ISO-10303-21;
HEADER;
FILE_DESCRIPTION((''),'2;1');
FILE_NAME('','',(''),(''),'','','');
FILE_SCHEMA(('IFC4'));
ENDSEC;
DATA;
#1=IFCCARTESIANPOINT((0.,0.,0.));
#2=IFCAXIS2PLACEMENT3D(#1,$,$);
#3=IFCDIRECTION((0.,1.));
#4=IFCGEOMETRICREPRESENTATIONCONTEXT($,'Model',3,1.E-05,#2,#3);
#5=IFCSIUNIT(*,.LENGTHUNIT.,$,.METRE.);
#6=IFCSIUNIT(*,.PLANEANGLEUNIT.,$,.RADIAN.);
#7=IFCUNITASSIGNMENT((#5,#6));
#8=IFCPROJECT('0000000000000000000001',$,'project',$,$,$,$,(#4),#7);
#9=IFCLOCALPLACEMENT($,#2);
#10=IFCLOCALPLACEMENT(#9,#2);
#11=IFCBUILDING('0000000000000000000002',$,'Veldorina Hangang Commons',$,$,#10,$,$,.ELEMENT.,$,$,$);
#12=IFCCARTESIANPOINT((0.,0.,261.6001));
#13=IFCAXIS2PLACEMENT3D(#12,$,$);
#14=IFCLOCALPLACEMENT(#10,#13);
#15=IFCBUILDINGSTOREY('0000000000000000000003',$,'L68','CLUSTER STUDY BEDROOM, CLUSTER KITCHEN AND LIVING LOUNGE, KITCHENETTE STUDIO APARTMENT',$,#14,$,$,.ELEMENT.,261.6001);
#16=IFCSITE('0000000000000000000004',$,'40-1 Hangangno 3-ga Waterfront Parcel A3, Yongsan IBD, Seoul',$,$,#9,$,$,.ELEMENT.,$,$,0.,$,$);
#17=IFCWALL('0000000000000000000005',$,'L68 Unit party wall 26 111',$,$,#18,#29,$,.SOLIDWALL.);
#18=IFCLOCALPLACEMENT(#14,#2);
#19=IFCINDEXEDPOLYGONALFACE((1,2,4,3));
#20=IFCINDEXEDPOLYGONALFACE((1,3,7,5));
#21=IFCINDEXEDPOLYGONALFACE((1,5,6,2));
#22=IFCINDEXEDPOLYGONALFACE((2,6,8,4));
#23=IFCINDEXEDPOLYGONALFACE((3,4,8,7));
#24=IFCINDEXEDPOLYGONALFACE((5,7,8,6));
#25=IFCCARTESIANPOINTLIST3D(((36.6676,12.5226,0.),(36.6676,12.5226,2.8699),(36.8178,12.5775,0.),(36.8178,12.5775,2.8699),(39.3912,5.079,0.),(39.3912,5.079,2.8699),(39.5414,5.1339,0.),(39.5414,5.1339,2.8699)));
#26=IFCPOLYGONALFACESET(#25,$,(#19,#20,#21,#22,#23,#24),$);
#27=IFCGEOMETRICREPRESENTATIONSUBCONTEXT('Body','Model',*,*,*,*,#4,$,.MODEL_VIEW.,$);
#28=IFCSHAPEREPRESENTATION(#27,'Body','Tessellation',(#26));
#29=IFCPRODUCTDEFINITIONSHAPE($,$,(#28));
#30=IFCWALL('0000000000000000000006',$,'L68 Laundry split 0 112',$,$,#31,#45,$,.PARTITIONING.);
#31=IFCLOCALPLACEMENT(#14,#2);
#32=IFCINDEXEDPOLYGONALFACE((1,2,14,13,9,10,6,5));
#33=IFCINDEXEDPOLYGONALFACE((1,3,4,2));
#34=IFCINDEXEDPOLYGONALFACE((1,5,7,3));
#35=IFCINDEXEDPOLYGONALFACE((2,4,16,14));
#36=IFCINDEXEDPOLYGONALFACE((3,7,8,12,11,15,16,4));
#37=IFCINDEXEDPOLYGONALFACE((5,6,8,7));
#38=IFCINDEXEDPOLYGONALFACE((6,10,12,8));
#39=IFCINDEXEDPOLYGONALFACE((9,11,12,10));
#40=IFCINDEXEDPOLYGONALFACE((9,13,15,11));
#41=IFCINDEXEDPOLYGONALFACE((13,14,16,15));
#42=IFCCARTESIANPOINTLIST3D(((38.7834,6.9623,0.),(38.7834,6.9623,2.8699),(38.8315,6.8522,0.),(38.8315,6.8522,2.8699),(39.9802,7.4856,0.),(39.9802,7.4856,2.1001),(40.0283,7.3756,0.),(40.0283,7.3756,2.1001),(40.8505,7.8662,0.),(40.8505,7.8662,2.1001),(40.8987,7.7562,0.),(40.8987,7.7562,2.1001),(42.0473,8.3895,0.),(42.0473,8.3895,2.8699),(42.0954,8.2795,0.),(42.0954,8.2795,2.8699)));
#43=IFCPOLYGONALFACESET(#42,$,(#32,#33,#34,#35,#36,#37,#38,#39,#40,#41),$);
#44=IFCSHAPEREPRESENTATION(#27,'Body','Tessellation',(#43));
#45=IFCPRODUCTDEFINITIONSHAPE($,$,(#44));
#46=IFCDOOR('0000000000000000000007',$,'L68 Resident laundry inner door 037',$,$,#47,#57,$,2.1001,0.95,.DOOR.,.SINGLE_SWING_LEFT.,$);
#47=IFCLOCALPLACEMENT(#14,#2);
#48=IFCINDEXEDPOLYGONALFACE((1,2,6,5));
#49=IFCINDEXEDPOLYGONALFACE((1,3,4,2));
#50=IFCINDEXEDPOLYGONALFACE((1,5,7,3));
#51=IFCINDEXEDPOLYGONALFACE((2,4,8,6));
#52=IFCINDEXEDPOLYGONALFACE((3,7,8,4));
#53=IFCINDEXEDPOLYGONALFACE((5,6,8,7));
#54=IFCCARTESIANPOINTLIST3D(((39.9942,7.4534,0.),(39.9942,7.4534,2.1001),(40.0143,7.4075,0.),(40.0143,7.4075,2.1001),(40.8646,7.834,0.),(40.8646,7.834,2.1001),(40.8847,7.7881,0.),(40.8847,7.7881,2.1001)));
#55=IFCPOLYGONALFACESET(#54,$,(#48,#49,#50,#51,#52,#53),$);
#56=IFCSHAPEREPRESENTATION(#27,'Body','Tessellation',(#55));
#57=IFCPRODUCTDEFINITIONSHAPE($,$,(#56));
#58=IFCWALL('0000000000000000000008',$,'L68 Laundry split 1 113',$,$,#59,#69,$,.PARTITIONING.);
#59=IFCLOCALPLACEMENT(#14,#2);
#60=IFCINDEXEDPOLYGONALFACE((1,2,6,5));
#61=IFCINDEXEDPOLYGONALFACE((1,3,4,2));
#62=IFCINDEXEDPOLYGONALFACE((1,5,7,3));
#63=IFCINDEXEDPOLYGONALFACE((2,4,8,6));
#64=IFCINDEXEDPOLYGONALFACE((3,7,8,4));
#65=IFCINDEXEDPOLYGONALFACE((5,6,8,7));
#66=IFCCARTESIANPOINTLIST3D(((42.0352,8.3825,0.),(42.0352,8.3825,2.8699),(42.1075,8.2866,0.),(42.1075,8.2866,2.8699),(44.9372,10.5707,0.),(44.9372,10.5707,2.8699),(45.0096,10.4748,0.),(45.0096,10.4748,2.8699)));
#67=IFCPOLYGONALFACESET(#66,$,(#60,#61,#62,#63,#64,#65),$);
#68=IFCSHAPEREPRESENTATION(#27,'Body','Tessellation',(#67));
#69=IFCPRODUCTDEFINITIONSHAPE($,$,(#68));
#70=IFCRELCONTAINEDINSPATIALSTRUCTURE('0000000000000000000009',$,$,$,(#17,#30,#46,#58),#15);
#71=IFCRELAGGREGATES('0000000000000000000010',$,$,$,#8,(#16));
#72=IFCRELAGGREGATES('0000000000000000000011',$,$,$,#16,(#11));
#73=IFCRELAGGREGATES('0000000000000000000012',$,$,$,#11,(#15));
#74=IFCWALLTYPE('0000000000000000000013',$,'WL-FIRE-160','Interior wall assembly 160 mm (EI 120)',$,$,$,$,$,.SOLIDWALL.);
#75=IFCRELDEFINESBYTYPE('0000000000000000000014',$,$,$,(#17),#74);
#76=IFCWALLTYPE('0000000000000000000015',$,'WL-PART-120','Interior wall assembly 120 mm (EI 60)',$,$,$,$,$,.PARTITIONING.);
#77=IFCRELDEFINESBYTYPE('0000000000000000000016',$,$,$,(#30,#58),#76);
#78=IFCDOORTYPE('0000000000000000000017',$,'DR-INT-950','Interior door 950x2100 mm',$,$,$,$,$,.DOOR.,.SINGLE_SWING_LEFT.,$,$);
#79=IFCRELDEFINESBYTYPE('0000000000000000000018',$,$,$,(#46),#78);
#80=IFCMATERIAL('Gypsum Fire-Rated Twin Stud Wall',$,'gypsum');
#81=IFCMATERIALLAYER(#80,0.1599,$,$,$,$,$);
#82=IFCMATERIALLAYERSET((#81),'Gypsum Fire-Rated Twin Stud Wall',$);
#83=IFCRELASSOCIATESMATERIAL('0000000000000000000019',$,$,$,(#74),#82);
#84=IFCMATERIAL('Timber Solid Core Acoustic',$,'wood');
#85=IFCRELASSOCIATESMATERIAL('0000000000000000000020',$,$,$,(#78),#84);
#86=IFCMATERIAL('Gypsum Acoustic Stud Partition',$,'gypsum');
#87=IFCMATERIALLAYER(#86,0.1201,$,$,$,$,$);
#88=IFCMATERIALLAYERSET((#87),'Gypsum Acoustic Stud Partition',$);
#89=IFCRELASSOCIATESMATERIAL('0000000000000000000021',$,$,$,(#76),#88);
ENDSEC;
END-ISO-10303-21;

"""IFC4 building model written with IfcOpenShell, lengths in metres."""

from ifc_helpers import new_model, si_unit, direction, frame, frame_2d, origin, place, context, subcontext, project, spatial, rectangle, extrude, material, layer, layer_set, type_object, element, fill, save


model = new_model("IFC4")

# Units and contexts
model_context = context("Model", 3, precision=1e-05, world=origin(), true_north=direction((0.0, 1.0)))
body_context = subcontext(model_context, "Body", "Model", "MODEL_VIEW")
ifc_project = project(units=[si_unit("LENGTHUNIT", "METRE"), si_unit("PLANEANGLEUNIT", "RADIAN")], contexts=[model_context])

# Site, building, storey
site_placement = place(None, origin())
site = spatial("IfcSite", under=ifc_project, at=site_placement, Name="40-1 Hangangno 3-ga Waterfront Parcel A3, Yongsan IBD, Seoul", CompositionType="ELEMENT", RefElevation=0.0)
building_placement = place(site_placement, origin())
building = spatial("IfcBuilding", under=site, at=building_placement, Name="Veldorina Hangang Commons", CompositionType="ELEMENT")
storey_placement = place(building_placement, frame((0.0, 0.0, 261.6001)))
storey = spatial("IfcBuildingStorey", under=building, at=storey_placement, Name="L68", Description="CLUSTER STUDY BEDROOM, CLUSTER KITCHEN AND LIVING LOUNGE, KITCHENETTE STUDIO APARTMENT", CompositionType="ELEMENT", Elevation=261.6001)

# Shared definitions
ifc_material_1 = material(Name="Gypsum Fire-Rated Twin Stud Wall", Category="gypsum")
ifc_layer_1 = layer(ifc_material_1, 0.1599)
ifc_layer_set_1 = layer_set([ifc_layer_1], Name="Gypsum Fire-Rated Twin Stud Wall")
wall_type_1 = type_object("IfcWallType", Name="WL-FIRE-160", Description="Interior wall assembly 160 mm (EI 120)", PredefinedType="SOLIDWALL", material=ifc_layer_set_1)

# Shared definitions
ifc_material_2 = material(Name="Timber Solid Core Acoustic", Category="wood")
door_type = type_object("IfcDoorType", Name="DR-INT-950", Description="Interior door 950x2100 mm", OperationType="SINGLE_SWING_LEFT", PredefinedType="DOOR", material=ifc_material_2)

# Wall
wall_1_placement = place(storey_placement, frame((36.7427, 12.55, 0.0), z_axis=(0.0, 0.0, 1.0), x_axis=(0.343622, -0.939108, 0.0)))
element("IfcWall", 1, at=wall_1_placement, inside=storey, type_object=wall_type_1, Name="L68 Unit party wall 26 111", PredefinedType="SOLIDWALL", context=body_context, shape_type="SweptSolid", body=[
    extrude(rectangle(XDim=7.9263, YDim=0.1599, at=frame_2d((3.9631, 0.0))), origin(), (0.0, 0.0, 1.0), 2.8699),
])

# Wall, opening, door
ifc_material_3 = material(Name="Gypsum Acoustic Stud Partition", Category="gypsum")
ifc_layer_2 = layer(ifc_material_3, 0.1201)
ifc_layer_set_2 = layer_set([ifc_layer_2], Name="Gypsum Acoustic Stud Partition")
wall_type_2 = type_object("IfcWallType", Name="WL-PART-120", Description="Interior wall assembly 120 mm (EI 60)", PredefinedType="PARTITIONING", material=ifc_layer_set_2)
wall_2_placement = place(storey_placement, frame((38.8074, 6.9072, 0.0), z_axis=(0.0, 0.0, 1.0), x_axis=(0.916231, 0.40065, 0.0)))
wall_2 = element("IfcWall", 2, at=wall_2_placement, inside=storey, type_object=wall_type_2, Name="L68 Laundry split 0 112", PredefinedType="PARTITIONING", context=body_context, shape_type="SweptSolid", body=[
    extrude(rectangle(XDim=3.5623, YDim=0.1201, at=frame_2d((1.7812, 0.0))), origin(), (0.0, 0.0, 1.0), 2.8699),
])
opening_1_placement = place(wall_2_placement, frame((1.3062, 0.0, 0.0)))
opening_1 = element("IfcOpeningElement", 3, at=opening_1_placement, cuts=wall_2, PredefinedType="OPENING", context=body_context, shape_type="SweptSolid", body=[
    extrude(rectangle(XDim=0.95, YDim=2.1001, at=frame_2d((0.4751, 1.05))), frame((0.0, 0.0701, 0.0), z_axis=(0.0, -1.0, 0.0), x_axis=(1.0, 0.0, 0.0)), (0.0, 0.0, 1.0), 0.1401),
])
door_1_placement = place(opening_1_placement, origin())
door_1 = element("IfcDoor", 4, at=door_1_placement, inside=storey, type_object=door_type, Name="L68 Resident laundry inner door 037", OperationType="SINGLE_SWING_LEFT", OverallHeight=2.1001, OverallWidth=0.95, PredefinedType="DOOR", context=body_context, shape_type="SweptSolid", body=[
    extrude(rectangle(XDim=0.95, YDim=2.1001, at=frame_2d((0.4751, 1.05))), frame((0.0, 0.0249, 0.0), z_axis=(0.0, -1.0, 0.0), x_axis=(1.0, 0.0, 0.0)), (0.0, 0.0, 1.0), 0.05),
])
fill(opening_1, door_1)

# Wall
wall_3_placement = place(storey_placement, frame((42.0713, 8.3345, 0.0), z_axis=(0.0, 0.0, 1.0), x_axis=(0.798458, 0.602051, 0.0)))
element("IfcWall", 5, at=wall_3_placement, inside=storey, type_object=wall_type_2, Name="L68 Laundry split 1 113", PredefinedType="PARTITIONING", context=body_context, shape_type="SweptSolid", body=[
    extrude(rectangle(XDim=3.6345, YDim=0.1201, at=frame_2d((1.8174, 0.0))), origin(), (0.0, 0.0, 1.0), 2.8699),
])

save(model, "model.ifc")
